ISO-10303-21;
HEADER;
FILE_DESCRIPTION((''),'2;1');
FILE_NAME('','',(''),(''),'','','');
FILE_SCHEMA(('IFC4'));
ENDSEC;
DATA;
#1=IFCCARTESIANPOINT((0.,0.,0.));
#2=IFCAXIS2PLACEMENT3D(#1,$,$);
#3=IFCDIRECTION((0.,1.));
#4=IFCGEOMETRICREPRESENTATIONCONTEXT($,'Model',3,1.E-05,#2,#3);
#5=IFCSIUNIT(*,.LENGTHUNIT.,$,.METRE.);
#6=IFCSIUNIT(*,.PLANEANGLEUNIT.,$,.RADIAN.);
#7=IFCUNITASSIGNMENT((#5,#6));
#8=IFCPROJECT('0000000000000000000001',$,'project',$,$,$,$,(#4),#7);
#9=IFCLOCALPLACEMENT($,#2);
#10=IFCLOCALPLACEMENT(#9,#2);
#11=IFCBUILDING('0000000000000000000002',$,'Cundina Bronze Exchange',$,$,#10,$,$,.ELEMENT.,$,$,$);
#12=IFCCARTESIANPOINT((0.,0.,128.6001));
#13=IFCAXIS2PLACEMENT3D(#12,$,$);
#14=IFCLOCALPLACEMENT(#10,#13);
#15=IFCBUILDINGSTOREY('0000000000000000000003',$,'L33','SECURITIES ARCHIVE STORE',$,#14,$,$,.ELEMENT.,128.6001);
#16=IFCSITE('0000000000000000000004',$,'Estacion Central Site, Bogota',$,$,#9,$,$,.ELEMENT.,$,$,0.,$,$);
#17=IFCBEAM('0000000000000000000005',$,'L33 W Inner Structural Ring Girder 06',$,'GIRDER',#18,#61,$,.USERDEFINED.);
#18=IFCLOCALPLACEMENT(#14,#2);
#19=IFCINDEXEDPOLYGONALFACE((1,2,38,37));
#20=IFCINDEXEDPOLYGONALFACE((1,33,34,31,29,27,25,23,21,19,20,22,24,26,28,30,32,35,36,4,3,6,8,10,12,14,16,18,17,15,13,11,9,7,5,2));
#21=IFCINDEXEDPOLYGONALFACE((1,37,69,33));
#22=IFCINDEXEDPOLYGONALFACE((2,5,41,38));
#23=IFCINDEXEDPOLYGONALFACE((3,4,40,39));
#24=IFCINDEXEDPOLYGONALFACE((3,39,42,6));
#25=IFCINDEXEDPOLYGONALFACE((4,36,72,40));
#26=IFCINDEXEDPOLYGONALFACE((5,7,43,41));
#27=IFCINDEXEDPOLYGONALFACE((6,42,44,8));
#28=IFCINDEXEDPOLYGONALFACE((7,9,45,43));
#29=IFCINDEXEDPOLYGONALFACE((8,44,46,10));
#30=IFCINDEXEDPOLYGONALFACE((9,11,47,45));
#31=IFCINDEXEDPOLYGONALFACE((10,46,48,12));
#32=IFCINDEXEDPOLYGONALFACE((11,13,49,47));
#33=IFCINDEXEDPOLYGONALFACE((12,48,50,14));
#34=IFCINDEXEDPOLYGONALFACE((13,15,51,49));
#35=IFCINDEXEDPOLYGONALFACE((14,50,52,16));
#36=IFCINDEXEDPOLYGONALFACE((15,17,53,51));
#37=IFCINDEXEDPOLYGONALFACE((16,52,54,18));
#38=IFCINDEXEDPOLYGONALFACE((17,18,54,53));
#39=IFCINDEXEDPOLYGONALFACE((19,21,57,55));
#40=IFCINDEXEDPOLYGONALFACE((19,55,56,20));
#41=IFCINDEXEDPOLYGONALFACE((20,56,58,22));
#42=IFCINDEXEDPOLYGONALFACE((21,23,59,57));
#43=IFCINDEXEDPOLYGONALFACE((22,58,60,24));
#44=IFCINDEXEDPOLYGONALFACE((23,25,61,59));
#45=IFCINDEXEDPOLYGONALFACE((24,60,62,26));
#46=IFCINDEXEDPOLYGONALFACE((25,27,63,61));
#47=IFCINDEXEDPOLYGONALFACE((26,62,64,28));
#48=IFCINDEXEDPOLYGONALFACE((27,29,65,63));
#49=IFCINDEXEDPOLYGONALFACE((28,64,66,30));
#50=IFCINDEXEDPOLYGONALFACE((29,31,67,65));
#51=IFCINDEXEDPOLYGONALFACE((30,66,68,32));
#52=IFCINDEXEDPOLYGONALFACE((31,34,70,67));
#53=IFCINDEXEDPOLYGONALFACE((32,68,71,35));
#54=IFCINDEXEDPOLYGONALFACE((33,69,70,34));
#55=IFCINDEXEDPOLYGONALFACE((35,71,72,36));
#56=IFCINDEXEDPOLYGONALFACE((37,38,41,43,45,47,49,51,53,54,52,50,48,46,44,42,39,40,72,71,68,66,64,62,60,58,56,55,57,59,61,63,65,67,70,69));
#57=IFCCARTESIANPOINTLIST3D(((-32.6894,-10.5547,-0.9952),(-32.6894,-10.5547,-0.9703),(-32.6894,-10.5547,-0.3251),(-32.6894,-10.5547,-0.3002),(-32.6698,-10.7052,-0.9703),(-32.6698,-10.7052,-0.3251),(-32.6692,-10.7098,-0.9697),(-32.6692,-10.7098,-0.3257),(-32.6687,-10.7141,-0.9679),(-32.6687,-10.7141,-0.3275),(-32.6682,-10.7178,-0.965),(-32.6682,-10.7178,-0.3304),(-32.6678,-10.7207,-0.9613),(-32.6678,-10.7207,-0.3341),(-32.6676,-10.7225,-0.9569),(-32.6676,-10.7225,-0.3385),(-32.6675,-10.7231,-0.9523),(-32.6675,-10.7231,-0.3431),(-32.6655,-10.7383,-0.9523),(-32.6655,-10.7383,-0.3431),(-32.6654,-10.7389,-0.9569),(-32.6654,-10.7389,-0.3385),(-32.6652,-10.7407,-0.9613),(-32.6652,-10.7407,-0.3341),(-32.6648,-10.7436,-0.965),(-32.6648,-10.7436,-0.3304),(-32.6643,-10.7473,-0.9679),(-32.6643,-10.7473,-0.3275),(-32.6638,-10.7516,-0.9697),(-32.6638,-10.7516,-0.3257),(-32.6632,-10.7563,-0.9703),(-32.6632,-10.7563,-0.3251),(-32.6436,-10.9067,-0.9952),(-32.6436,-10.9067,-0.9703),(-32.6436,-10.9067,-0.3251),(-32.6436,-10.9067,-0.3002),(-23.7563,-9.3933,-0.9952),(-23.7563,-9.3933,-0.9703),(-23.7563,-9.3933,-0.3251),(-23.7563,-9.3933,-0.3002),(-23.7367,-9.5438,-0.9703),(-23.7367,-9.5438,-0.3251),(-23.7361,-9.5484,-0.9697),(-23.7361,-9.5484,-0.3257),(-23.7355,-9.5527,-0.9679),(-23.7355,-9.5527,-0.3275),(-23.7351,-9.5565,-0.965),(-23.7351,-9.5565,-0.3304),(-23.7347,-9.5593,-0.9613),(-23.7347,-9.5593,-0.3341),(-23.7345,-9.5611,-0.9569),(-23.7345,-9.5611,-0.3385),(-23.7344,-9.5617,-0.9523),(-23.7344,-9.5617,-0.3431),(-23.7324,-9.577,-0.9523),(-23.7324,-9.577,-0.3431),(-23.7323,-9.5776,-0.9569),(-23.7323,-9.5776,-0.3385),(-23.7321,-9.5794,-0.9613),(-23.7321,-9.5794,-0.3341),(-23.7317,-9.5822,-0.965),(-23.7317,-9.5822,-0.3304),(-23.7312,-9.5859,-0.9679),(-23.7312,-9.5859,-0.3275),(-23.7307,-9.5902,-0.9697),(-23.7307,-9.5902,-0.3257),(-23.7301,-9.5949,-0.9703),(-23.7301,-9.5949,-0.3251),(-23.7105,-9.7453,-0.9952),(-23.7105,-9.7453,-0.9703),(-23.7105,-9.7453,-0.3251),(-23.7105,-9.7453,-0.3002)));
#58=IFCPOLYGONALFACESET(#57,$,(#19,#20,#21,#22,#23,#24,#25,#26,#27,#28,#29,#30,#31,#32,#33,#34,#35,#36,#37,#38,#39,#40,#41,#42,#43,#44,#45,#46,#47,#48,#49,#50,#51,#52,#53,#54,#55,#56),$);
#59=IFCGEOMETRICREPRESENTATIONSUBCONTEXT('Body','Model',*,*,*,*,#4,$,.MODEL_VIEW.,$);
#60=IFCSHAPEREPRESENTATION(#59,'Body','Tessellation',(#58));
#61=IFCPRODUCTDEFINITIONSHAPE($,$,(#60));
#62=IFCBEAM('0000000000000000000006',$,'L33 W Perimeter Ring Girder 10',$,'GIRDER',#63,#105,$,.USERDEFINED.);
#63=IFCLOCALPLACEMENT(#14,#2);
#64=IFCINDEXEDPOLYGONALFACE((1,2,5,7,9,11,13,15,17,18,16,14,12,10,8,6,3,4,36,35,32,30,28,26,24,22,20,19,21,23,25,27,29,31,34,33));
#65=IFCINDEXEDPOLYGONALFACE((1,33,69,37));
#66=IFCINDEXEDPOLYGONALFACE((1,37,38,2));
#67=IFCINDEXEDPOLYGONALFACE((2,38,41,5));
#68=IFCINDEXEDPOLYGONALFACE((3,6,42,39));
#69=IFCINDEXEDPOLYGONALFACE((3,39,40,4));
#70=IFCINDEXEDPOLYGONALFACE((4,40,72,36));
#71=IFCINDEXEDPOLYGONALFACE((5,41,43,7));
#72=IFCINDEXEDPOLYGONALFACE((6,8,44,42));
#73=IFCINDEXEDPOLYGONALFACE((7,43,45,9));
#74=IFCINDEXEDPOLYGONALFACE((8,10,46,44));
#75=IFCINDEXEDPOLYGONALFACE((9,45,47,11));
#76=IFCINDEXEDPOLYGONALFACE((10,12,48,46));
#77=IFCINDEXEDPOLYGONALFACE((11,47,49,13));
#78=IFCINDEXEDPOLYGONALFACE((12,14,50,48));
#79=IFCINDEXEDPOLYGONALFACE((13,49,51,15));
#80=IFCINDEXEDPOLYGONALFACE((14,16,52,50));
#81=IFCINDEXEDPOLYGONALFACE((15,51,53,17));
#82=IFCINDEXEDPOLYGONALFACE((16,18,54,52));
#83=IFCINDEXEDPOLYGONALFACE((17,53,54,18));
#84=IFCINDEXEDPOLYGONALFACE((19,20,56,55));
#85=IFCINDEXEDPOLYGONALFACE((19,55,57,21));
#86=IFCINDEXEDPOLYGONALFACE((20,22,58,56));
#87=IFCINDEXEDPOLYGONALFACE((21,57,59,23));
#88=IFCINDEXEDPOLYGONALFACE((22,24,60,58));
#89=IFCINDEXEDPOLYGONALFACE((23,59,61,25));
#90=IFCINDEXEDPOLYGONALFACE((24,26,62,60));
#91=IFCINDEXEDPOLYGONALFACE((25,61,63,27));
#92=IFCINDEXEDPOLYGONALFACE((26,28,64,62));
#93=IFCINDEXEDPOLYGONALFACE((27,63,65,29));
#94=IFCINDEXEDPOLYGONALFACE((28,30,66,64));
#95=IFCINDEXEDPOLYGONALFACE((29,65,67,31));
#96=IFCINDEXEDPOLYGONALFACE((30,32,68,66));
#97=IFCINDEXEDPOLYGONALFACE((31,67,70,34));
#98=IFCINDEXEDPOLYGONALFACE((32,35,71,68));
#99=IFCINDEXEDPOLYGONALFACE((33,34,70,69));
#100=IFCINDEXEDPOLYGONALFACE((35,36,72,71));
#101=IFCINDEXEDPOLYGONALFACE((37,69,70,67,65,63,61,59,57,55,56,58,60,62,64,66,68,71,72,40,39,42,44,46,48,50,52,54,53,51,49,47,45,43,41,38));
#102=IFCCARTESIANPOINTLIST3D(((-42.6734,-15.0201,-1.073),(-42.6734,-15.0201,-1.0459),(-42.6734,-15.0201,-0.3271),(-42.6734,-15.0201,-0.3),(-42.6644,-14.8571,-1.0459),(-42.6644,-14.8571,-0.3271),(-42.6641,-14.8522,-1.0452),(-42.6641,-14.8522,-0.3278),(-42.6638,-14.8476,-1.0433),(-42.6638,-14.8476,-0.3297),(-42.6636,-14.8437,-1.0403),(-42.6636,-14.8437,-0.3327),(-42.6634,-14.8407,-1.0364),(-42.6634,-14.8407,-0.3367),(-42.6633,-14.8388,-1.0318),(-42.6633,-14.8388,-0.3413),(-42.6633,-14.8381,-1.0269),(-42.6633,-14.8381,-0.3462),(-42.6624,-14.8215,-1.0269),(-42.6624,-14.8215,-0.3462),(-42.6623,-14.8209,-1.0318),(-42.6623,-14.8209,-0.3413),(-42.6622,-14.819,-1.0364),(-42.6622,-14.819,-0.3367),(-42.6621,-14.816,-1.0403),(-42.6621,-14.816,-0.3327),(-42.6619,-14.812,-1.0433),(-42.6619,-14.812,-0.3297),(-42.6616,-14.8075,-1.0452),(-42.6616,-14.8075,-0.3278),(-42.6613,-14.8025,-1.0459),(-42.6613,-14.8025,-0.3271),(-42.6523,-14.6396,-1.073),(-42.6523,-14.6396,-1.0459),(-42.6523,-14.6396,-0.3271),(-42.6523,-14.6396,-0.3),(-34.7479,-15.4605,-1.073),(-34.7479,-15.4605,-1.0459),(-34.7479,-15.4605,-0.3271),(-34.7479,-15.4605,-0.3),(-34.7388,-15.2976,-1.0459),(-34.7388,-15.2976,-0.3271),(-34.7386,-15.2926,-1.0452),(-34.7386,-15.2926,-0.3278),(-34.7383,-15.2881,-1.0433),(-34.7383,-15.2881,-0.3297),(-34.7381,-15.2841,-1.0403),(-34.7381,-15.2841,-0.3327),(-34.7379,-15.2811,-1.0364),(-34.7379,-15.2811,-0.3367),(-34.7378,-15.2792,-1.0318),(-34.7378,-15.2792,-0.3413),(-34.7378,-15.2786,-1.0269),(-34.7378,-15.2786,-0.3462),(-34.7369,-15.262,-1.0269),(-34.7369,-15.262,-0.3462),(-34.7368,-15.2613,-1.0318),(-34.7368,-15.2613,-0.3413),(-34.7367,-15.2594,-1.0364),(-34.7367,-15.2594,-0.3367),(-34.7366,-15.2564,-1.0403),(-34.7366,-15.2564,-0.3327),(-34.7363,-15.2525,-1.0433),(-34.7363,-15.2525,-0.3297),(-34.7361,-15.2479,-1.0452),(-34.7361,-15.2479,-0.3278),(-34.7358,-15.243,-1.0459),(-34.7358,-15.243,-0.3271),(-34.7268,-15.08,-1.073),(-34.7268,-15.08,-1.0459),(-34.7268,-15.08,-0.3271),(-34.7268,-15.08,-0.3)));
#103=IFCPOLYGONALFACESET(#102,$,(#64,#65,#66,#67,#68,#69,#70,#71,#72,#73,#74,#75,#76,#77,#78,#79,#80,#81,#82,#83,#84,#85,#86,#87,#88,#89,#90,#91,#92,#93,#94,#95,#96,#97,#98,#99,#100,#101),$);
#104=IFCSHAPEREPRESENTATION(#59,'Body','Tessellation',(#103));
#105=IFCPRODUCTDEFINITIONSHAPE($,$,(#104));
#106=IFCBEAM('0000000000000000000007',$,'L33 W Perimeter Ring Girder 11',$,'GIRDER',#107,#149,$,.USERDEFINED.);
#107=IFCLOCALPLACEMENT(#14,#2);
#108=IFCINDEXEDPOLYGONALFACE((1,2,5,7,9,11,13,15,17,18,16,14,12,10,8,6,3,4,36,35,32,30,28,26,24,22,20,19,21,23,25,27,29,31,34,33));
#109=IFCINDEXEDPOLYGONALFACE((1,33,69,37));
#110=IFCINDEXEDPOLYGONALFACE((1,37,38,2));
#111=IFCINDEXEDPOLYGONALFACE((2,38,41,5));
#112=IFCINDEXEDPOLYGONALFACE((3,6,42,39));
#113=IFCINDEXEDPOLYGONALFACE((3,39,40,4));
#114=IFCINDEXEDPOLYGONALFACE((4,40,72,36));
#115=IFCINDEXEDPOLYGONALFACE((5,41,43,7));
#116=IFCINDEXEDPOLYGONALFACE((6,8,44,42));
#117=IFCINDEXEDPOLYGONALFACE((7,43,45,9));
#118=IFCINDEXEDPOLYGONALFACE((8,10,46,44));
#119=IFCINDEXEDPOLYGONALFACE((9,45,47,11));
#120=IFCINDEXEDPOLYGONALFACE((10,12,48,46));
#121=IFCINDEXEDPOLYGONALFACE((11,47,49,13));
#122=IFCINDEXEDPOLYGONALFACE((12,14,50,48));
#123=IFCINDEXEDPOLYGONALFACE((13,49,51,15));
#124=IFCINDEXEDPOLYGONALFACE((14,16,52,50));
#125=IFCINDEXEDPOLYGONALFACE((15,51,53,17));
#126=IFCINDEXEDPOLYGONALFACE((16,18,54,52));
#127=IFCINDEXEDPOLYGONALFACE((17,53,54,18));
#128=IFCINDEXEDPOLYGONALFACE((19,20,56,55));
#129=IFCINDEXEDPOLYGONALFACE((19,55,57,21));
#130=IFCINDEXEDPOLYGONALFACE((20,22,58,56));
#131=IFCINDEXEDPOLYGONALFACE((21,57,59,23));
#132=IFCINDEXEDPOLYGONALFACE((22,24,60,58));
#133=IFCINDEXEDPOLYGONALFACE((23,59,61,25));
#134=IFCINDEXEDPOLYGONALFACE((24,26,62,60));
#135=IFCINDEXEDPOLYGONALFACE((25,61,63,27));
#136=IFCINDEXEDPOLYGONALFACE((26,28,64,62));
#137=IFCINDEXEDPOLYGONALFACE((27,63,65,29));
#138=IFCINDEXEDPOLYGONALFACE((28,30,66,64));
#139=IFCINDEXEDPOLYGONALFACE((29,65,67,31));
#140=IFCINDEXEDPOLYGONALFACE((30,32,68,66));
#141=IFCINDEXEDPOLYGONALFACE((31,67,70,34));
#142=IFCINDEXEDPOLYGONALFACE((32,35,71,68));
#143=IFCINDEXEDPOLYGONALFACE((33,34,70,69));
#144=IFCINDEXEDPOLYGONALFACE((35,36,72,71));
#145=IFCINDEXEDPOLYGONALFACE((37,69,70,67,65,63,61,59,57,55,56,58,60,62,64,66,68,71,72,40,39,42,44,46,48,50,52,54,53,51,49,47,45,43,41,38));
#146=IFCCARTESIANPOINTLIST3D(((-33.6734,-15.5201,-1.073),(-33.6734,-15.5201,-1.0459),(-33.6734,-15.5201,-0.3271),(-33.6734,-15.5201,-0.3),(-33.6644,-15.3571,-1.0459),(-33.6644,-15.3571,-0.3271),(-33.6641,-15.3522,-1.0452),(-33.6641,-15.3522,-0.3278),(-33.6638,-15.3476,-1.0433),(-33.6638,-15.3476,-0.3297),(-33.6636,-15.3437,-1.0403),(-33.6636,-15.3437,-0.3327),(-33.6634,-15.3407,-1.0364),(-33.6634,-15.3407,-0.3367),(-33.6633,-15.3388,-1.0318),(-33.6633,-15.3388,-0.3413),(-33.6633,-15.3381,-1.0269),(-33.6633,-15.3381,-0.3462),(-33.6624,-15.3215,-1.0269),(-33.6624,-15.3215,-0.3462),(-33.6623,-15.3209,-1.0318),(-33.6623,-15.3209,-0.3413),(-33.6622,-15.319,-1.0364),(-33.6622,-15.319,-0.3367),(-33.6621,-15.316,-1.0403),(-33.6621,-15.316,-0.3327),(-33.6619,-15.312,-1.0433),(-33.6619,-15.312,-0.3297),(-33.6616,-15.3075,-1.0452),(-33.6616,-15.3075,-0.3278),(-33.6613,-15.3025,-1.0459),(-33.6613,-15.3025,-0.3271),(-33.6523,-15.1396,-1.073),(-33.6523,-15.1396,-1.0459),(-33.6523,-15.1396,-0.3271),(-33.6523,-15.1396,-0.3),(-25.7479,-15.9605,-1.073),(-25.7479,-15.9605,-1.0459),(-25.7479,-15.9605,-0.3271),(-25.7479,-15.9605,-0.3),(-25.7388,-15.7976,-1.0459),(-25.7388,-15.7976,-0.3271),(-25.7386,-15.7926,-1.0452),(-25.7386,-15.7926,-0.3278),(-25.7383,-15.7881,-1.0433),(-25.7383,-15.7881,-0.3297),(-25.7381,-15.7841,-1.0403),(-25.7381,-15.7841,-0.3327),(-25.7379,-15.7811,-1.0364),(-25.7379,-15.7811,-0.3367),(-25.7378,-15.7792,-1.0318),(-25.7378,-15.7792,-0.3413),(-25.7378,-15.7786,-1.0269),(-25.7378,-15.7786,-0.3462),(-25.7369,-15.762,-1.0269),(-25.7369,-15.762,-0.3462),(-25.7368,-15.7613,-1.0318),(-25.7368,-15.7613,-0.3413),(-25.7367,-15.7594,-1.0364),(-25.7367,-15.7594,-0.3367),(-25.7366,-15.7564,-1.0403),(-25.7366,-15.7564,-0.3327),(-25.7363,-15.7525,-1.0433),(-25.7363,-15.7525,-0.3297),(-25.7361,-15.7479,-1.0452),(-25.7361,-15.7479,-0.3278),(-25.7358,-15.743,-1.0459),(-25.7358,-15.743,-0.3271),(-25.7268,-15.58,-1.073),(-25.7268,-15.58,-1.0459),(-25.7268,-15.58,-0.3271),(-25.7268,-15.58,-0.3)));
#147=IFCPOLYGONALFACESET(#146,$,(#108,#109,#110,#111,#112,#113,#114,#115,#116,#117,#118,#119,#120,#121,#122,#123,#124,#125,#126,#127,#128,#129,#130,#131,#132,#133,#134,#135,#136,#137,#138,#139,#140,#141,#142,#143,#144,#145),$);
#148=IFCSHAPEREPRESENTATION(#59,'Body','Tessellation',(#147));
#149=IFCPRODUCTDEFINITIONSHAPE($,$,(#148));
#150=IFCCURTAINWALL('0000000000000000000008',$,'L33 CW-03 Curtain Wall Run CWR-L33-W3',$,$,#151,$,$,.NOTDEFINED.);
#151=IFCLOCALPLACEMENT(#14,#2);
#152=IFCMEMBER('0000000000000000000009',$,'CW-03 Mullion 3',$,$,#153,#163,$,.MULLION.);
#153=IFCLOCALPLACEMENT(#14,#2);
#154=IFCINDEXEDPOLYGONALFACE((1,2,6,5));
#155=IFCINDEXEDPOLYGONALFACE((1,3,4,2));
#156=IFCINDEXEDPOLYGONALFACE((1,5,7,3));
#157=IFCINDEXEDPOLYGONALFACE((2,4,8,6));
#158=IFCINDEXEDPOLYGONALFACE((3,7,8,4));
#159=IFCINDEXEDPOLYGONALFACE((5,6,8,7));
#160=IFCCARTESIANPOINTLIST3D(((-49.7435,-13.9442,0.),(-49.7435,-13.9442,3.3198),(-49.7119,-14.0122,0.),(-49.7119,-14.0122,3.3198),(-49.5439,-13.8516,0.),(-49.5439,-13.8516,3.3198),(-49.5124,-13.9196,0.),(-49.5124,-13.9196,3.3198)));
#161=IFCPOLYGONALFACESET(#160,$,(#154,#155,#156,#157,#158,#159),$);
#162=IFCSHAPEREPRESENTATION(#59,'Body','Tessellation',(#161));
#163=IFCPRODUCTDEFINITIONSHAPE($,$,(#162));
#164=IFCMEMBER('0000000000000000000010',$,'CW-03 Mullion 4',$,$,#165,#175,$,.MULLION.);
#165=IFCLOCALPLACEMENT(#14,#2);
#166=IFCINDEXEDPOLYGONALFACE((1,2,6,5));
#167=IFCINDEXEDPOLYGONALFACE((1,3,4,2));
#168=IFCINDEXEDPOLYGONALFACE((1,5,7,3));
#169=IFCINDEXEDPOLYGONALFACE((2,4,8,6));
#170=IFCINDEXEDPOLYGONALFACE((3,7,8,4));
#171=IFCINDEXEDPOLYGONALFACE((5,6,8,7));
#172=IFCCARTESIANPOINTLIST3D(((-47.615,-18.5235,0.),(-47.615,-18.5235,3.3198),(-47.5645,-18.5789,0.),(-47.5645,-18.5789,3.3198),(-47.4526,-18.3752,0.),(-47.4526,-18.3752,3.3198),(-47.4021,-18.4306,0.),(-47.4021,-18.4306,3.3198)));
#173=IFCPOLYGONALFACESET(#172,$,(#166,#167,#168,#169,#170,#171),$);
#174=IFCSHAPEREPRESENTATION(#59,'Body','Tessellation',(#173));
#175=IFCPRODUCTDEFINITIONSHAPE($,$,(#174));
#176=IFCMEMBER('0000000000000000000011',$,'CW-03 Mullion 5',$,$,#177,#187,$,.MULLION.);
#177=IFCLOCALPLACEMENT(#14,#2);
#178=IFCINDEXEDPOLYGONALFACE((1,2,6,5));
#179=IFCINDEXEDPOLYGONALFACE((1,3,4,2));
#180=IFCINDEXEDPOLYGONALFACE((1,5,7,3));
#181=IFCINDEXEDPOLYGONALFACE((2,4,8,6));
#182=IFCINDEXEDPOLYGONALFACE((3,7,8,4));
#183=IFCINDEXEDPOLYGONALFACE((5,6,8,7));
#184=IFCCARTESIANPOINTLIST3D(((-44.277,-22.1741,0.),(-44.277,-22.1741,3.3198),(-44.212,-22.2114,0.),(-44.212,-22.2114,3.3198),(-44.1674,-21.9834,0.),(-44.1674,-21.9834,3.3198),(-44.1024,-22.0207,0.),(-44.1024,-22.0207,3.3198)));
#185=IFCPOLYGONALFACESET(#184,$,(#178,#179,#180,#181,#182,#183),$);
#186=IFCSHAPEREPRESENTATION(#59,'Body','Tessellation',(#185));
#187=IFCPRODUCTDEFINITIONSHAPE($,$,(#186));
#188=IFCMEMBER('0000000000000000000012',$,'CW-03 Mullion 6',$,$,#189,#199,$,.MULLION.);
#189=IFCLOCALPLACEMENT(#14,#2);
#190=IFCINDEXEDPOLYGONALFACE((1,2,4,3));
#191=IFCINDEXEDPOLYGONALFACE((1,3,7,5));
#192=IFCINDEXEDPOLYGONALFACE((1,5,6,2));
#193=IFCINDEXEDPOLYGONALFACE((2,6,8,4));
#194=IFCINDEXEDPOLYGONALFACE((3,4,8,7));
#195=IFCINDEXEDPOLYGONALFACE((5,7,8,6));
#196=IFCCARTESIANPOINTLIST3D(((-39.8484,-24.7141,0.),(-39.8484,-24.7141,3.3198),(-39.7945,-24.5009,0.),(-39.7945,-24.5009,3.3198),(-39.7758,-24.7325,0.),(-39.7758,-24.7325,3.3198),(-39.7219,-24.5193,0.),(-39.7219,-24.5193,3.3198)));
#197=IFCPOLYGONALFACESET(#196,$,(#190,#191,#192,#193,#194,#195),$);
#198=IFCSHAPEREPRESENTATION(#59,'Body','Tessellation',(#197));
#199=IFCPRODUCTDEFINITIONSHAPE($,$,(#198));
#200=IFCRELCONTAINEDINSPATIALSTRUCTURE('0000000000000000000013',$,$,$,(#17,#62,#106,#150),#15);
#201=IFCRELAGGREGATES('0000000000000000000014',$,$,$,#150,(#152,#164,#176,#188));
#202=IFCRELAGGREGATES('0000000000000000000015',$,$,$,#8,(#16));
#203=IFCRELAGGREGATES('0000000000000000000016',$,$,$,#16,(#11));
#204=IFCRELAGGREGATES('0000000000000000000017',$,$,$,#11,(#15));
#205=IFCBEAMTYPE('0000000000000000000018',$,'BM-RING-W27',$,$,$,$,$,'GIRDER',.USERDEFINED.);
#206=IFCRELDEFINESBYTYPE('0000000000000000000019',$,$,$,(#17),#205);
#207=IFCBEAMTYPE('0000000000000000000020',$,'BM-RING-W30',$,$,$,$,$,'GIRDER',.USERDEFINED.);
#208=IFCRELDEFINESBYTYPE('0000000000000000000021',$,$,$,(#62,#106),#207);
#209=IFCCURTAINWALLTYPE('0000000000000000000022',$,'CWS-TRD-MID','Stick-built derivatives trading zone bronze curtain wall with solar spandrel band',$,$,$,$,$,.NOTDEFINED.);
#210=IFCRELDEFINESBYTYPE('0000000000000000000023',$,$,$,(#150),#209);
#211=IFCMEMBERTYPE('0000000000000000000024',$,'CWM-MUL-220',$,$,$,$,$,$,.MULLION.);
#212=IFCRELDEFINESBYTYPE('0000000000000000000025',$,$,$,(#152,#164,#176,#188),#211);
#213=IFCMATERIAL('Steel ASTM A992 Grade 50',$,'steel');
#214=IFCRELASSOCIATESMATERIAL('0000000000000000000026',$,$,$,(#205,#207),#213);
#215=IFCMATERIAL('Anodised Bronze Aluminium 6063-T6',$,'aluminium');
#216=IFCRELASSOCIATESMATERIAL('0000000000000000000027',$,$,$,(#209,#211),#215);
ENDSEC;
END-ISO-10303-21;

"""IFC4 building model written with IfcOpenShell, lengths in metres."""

from ifc_helpers import new_model, si_unit, direction, frame, origin, origin_2d, place, context, subcontext, project, spatial, rectangle, i_section, extrude, material, material_profile, profile_set, type_object, element, aggregate, save


model = new_model("IFC4")

# Units and contexts
model_context = context("Model", 3, precision=1e-05, world=origin(), true_north=direction((0.0, 1.0)))
body_context = subcontext(model_context, "Body", "Model", "MODEL_VIEW")
ifc_project = project(units=[si_unit("LENGTHUNIT", "METRE"), si_unit("PLANEANGLEUNIT", "RADIAN")], contexts=[model_context])

# Site, building, storey
site_placement = place(None, origin())
site = spatial("IfcSite", under=ifc_project, at=site_placement, Name="Estacion Central Site, Bogota", CompositionType="ELEMENT", RefElevation=0.0)
building_placement = place(site_placement, origin())
building = spatial("IfcBuilding", under=site, at=building_placement, Name="Cundina Bronze Exchange", CompositionType="ELEMENT")
storey_placement = place(building_placement, frame((0.0, 0.0, 128.6001)))
storey = spatial("IfcBuildingStorey", under=building, at=storey_placement, Name="L33", Description="SECURITIES ARCHIVE STORE", CompositionType="ELEMENT", Elevation=128.6001)

# Beams
ifc_material_1 = material(Name="Steel ASTM A992 Grade 50", Category="steel")
ifc_material_profile_1 = material_profile(ifc_material_1, i_section(OverallWidth=0.355, OverallDepth=0.6951, WebThickness=0.0154, FlangeThickness=0.0249, FilletRadius=0.0181, at=origin_2d()), Name="W27X146", Category="steel")
ifc_profile_set_1 = profile_set([ifc_material_profile_1], Name="Steel ASTM A992 Grade 50")
beam_type_1 = type_object("IfcBeamType", Name="BM-RING-W27", ElementType="GIRDER", PredefinedType="USERDEFINED", material=ifc_profile_set_1)
beam_1_placement = place(storey_placement, frame((-32.6665, -10.7307, -0.6477), z_axis=(0.991655, 0.128923, 0.0), x_axis=(-0.128923, 0.991655, 0.0)))
element("IfcBeam", 1, at=beam_1_placement, inside=storey, type_object=beam_type_1, Name="L33 W Inner Structural Ring Girder 06", ObjectType="GIRDER", PredefinedType="USERDEFINED", context=body_context, shape_type="SweptSolid", body=[
    extrude(i_section(OverallWidth=0.355, OverallDepth=0.6951, WebThickness=0.0154, FlangeThickness=0.0249, FilletRadius=0.0181, at=origin_2d()), origin(), (0.0, 0.0, 1.0), 9.0083),
])
ifc_material_profile_2 = material_profile(ifc_material_1, i_section(OverallWidth=0.3811, OverallDepth=0.7729, WebThickness=0.0166, FlangeThickness=0.0271, FilletRadius=0.019, at=origin_2d()), Name="W30X173", Category="steel")
ifc_profile_set_2 = profile_set([ifc_material_profile_2], Name="Steel ASTM A992 Grade 50")
beam_type_2 = type_object("IfcBeamType", Name="BM-RING-W30", ElementType="GIRDER", PredefinedType="USERDEFINED", material=ifc_profile_set_2)
for number, where, z_axis, x_axis, name in (
    (2, (-42.6628, -14.8298, -0.6865), (0.99846, -0.055485, 0.0), (0.055485, 0.99846, 0.0), "L33 W Perimeter Ring Girder 10"),
    (3, (-33.6628, -15.3298, -0.6865), (0.99846, -0.055485, 0.0), (0.055485, 0.99846, 0.0), "L33 W Perimeter Ring Girder 11"),
):
    element("IfcBeam", number, at=place(storey_placement, frame(where, z_axis=z_axis, x_axis=x_axis)), inside=storey, type_object=beam_type_2, Name=name, ObjectType="GIRDER", PredefinedType="USERDEFINED", context=body_context, shape_type="SweptSolid", body=[
        extrude(i_section(OverallWidth=0.3811, OverallDepth=0.7729, WebThickness=0.0166, FlangeThickness=0.0271, FilletRadius=0.019, at=origin_2d()), origin(), (0.0, 0.0, 1.0), 7.9377),
    ])

# Curtain wall, members
ifc_material_2 = material(Name="Anodised Bronze Aluminium 6063-T6", Category="aluminium")
curtain_wall_type = type_object("IfcCurtainWallType", Name="CWS-TRD-MID", Description="Stick-built derivatives trading zone bronze curtain wall with solar spandrel band", PredefinedType="NOTDEFINED", material=ifc_material_2)
curtain_wall_placement = place(storey_placement, origin())
curtain_wall = element("IfcCurtainWall", 4, at=curtain_wall_placement, inside=storey, type_object=curtain_wall_type, Name="L33 CW-03 Curtain Wall Run CWR-L33-W3", PredefinedType="NOTDEFINED")
ifc_material_profile_3 = material_profile(ifc_material_2, rectangle(XDim=0.075, YDim=0.22, at=origin_2d()), Name="AL75X220", Category="aluminium")
ifc_profile_set_3 = profile_set([ifc_material_profile_3], Name="Anodised Bronze Aluminium 6063-T6")
member_type_1 = type_object("IfcMemberType", Name="CWM-MUL-220", PredefinedType="MULLION", material=ifc_profile_set_3)
member_1_placement = place(storey_placement, frame((-49.6279, -13.9319, 0.0), z_axis=(0.0, 0.0, 1.0), x_axis=(0.420877, -0.907117, 0.0)))
member_1 = element("IfcMember", 5, at=member_1_placement, type_object=member_type_1, Name="CW-03 Mullion 3", PredefinedType="MULLION", context=body_context, shape_type="SweptSolid", body=[
    extrude(rectangle(XDim=0.075, YDim=0.22, at=origin_2d()), origin(), (0.0, 0.0, 1.0), 3.3198),
])
member_2_placement = place(storey_placement, frame((-47.5085, -18.4771, 0.0), z_axis=(0.0, 0.0, 1.0), x_axis=(0.674302, -0.738455, 0.0)))
member_2 = element("IfcMember", 6, at=member_2_placement, type_object=member_type_1, Name="CW-03 Mullion 4", PredefinedType="MULLION", context=body_context, shape_type="SweptSolid", body=[
    extrude(rectangle(XDim=0.075, YDim=0.22, at=origin_2d()), origin(), (0.0, 0.0, 1.0), 3.3198),
])
member_3_placement = place(storey_placement, frame((-44.1897, -22.0974, 0.0), z_axis=(0.0, 0.0, 1.0), x_axis=(0.867071, -0.498185, 0.0)))
member_3 = element("IfcMember", 7, at=member_3_placement, type_object=member_type_1, Name="CW-03 Mullion 5", PredefinedType="MULLION", context=body_context, shape_type="SweptSolid", body=[
    extrude(rectangle(XDim=0.075, YDim=0.22, at=origin_2d()), origin(), (0.0, 0.0, 1.0), 3.3198),
])
member_4_placement = place(storey_placement, frame((-39.7852, -24.6167, 0.0), z_axis=(0.0, 0.0, 1.0), x_axis=(0.969488, -0.245138, 0.0)))
member_4 = element("IfcMember", 8, at=member_4_placement, type_object=member_type_1, Name="CW-03 Mullion 6", PredefinedType="MULLION", context=body_context, shape_type="SweptSolid", body=[
    extrude(rectangle(XDim=0.075, YDim=0.22, at=origin_2d()), origin(), (0.0, 0.0, 1.0), 3.3198),
])
aggregate(curtain_wall, [member_1, member_2, member_3, member_4])

save(model, "model.ifc")
